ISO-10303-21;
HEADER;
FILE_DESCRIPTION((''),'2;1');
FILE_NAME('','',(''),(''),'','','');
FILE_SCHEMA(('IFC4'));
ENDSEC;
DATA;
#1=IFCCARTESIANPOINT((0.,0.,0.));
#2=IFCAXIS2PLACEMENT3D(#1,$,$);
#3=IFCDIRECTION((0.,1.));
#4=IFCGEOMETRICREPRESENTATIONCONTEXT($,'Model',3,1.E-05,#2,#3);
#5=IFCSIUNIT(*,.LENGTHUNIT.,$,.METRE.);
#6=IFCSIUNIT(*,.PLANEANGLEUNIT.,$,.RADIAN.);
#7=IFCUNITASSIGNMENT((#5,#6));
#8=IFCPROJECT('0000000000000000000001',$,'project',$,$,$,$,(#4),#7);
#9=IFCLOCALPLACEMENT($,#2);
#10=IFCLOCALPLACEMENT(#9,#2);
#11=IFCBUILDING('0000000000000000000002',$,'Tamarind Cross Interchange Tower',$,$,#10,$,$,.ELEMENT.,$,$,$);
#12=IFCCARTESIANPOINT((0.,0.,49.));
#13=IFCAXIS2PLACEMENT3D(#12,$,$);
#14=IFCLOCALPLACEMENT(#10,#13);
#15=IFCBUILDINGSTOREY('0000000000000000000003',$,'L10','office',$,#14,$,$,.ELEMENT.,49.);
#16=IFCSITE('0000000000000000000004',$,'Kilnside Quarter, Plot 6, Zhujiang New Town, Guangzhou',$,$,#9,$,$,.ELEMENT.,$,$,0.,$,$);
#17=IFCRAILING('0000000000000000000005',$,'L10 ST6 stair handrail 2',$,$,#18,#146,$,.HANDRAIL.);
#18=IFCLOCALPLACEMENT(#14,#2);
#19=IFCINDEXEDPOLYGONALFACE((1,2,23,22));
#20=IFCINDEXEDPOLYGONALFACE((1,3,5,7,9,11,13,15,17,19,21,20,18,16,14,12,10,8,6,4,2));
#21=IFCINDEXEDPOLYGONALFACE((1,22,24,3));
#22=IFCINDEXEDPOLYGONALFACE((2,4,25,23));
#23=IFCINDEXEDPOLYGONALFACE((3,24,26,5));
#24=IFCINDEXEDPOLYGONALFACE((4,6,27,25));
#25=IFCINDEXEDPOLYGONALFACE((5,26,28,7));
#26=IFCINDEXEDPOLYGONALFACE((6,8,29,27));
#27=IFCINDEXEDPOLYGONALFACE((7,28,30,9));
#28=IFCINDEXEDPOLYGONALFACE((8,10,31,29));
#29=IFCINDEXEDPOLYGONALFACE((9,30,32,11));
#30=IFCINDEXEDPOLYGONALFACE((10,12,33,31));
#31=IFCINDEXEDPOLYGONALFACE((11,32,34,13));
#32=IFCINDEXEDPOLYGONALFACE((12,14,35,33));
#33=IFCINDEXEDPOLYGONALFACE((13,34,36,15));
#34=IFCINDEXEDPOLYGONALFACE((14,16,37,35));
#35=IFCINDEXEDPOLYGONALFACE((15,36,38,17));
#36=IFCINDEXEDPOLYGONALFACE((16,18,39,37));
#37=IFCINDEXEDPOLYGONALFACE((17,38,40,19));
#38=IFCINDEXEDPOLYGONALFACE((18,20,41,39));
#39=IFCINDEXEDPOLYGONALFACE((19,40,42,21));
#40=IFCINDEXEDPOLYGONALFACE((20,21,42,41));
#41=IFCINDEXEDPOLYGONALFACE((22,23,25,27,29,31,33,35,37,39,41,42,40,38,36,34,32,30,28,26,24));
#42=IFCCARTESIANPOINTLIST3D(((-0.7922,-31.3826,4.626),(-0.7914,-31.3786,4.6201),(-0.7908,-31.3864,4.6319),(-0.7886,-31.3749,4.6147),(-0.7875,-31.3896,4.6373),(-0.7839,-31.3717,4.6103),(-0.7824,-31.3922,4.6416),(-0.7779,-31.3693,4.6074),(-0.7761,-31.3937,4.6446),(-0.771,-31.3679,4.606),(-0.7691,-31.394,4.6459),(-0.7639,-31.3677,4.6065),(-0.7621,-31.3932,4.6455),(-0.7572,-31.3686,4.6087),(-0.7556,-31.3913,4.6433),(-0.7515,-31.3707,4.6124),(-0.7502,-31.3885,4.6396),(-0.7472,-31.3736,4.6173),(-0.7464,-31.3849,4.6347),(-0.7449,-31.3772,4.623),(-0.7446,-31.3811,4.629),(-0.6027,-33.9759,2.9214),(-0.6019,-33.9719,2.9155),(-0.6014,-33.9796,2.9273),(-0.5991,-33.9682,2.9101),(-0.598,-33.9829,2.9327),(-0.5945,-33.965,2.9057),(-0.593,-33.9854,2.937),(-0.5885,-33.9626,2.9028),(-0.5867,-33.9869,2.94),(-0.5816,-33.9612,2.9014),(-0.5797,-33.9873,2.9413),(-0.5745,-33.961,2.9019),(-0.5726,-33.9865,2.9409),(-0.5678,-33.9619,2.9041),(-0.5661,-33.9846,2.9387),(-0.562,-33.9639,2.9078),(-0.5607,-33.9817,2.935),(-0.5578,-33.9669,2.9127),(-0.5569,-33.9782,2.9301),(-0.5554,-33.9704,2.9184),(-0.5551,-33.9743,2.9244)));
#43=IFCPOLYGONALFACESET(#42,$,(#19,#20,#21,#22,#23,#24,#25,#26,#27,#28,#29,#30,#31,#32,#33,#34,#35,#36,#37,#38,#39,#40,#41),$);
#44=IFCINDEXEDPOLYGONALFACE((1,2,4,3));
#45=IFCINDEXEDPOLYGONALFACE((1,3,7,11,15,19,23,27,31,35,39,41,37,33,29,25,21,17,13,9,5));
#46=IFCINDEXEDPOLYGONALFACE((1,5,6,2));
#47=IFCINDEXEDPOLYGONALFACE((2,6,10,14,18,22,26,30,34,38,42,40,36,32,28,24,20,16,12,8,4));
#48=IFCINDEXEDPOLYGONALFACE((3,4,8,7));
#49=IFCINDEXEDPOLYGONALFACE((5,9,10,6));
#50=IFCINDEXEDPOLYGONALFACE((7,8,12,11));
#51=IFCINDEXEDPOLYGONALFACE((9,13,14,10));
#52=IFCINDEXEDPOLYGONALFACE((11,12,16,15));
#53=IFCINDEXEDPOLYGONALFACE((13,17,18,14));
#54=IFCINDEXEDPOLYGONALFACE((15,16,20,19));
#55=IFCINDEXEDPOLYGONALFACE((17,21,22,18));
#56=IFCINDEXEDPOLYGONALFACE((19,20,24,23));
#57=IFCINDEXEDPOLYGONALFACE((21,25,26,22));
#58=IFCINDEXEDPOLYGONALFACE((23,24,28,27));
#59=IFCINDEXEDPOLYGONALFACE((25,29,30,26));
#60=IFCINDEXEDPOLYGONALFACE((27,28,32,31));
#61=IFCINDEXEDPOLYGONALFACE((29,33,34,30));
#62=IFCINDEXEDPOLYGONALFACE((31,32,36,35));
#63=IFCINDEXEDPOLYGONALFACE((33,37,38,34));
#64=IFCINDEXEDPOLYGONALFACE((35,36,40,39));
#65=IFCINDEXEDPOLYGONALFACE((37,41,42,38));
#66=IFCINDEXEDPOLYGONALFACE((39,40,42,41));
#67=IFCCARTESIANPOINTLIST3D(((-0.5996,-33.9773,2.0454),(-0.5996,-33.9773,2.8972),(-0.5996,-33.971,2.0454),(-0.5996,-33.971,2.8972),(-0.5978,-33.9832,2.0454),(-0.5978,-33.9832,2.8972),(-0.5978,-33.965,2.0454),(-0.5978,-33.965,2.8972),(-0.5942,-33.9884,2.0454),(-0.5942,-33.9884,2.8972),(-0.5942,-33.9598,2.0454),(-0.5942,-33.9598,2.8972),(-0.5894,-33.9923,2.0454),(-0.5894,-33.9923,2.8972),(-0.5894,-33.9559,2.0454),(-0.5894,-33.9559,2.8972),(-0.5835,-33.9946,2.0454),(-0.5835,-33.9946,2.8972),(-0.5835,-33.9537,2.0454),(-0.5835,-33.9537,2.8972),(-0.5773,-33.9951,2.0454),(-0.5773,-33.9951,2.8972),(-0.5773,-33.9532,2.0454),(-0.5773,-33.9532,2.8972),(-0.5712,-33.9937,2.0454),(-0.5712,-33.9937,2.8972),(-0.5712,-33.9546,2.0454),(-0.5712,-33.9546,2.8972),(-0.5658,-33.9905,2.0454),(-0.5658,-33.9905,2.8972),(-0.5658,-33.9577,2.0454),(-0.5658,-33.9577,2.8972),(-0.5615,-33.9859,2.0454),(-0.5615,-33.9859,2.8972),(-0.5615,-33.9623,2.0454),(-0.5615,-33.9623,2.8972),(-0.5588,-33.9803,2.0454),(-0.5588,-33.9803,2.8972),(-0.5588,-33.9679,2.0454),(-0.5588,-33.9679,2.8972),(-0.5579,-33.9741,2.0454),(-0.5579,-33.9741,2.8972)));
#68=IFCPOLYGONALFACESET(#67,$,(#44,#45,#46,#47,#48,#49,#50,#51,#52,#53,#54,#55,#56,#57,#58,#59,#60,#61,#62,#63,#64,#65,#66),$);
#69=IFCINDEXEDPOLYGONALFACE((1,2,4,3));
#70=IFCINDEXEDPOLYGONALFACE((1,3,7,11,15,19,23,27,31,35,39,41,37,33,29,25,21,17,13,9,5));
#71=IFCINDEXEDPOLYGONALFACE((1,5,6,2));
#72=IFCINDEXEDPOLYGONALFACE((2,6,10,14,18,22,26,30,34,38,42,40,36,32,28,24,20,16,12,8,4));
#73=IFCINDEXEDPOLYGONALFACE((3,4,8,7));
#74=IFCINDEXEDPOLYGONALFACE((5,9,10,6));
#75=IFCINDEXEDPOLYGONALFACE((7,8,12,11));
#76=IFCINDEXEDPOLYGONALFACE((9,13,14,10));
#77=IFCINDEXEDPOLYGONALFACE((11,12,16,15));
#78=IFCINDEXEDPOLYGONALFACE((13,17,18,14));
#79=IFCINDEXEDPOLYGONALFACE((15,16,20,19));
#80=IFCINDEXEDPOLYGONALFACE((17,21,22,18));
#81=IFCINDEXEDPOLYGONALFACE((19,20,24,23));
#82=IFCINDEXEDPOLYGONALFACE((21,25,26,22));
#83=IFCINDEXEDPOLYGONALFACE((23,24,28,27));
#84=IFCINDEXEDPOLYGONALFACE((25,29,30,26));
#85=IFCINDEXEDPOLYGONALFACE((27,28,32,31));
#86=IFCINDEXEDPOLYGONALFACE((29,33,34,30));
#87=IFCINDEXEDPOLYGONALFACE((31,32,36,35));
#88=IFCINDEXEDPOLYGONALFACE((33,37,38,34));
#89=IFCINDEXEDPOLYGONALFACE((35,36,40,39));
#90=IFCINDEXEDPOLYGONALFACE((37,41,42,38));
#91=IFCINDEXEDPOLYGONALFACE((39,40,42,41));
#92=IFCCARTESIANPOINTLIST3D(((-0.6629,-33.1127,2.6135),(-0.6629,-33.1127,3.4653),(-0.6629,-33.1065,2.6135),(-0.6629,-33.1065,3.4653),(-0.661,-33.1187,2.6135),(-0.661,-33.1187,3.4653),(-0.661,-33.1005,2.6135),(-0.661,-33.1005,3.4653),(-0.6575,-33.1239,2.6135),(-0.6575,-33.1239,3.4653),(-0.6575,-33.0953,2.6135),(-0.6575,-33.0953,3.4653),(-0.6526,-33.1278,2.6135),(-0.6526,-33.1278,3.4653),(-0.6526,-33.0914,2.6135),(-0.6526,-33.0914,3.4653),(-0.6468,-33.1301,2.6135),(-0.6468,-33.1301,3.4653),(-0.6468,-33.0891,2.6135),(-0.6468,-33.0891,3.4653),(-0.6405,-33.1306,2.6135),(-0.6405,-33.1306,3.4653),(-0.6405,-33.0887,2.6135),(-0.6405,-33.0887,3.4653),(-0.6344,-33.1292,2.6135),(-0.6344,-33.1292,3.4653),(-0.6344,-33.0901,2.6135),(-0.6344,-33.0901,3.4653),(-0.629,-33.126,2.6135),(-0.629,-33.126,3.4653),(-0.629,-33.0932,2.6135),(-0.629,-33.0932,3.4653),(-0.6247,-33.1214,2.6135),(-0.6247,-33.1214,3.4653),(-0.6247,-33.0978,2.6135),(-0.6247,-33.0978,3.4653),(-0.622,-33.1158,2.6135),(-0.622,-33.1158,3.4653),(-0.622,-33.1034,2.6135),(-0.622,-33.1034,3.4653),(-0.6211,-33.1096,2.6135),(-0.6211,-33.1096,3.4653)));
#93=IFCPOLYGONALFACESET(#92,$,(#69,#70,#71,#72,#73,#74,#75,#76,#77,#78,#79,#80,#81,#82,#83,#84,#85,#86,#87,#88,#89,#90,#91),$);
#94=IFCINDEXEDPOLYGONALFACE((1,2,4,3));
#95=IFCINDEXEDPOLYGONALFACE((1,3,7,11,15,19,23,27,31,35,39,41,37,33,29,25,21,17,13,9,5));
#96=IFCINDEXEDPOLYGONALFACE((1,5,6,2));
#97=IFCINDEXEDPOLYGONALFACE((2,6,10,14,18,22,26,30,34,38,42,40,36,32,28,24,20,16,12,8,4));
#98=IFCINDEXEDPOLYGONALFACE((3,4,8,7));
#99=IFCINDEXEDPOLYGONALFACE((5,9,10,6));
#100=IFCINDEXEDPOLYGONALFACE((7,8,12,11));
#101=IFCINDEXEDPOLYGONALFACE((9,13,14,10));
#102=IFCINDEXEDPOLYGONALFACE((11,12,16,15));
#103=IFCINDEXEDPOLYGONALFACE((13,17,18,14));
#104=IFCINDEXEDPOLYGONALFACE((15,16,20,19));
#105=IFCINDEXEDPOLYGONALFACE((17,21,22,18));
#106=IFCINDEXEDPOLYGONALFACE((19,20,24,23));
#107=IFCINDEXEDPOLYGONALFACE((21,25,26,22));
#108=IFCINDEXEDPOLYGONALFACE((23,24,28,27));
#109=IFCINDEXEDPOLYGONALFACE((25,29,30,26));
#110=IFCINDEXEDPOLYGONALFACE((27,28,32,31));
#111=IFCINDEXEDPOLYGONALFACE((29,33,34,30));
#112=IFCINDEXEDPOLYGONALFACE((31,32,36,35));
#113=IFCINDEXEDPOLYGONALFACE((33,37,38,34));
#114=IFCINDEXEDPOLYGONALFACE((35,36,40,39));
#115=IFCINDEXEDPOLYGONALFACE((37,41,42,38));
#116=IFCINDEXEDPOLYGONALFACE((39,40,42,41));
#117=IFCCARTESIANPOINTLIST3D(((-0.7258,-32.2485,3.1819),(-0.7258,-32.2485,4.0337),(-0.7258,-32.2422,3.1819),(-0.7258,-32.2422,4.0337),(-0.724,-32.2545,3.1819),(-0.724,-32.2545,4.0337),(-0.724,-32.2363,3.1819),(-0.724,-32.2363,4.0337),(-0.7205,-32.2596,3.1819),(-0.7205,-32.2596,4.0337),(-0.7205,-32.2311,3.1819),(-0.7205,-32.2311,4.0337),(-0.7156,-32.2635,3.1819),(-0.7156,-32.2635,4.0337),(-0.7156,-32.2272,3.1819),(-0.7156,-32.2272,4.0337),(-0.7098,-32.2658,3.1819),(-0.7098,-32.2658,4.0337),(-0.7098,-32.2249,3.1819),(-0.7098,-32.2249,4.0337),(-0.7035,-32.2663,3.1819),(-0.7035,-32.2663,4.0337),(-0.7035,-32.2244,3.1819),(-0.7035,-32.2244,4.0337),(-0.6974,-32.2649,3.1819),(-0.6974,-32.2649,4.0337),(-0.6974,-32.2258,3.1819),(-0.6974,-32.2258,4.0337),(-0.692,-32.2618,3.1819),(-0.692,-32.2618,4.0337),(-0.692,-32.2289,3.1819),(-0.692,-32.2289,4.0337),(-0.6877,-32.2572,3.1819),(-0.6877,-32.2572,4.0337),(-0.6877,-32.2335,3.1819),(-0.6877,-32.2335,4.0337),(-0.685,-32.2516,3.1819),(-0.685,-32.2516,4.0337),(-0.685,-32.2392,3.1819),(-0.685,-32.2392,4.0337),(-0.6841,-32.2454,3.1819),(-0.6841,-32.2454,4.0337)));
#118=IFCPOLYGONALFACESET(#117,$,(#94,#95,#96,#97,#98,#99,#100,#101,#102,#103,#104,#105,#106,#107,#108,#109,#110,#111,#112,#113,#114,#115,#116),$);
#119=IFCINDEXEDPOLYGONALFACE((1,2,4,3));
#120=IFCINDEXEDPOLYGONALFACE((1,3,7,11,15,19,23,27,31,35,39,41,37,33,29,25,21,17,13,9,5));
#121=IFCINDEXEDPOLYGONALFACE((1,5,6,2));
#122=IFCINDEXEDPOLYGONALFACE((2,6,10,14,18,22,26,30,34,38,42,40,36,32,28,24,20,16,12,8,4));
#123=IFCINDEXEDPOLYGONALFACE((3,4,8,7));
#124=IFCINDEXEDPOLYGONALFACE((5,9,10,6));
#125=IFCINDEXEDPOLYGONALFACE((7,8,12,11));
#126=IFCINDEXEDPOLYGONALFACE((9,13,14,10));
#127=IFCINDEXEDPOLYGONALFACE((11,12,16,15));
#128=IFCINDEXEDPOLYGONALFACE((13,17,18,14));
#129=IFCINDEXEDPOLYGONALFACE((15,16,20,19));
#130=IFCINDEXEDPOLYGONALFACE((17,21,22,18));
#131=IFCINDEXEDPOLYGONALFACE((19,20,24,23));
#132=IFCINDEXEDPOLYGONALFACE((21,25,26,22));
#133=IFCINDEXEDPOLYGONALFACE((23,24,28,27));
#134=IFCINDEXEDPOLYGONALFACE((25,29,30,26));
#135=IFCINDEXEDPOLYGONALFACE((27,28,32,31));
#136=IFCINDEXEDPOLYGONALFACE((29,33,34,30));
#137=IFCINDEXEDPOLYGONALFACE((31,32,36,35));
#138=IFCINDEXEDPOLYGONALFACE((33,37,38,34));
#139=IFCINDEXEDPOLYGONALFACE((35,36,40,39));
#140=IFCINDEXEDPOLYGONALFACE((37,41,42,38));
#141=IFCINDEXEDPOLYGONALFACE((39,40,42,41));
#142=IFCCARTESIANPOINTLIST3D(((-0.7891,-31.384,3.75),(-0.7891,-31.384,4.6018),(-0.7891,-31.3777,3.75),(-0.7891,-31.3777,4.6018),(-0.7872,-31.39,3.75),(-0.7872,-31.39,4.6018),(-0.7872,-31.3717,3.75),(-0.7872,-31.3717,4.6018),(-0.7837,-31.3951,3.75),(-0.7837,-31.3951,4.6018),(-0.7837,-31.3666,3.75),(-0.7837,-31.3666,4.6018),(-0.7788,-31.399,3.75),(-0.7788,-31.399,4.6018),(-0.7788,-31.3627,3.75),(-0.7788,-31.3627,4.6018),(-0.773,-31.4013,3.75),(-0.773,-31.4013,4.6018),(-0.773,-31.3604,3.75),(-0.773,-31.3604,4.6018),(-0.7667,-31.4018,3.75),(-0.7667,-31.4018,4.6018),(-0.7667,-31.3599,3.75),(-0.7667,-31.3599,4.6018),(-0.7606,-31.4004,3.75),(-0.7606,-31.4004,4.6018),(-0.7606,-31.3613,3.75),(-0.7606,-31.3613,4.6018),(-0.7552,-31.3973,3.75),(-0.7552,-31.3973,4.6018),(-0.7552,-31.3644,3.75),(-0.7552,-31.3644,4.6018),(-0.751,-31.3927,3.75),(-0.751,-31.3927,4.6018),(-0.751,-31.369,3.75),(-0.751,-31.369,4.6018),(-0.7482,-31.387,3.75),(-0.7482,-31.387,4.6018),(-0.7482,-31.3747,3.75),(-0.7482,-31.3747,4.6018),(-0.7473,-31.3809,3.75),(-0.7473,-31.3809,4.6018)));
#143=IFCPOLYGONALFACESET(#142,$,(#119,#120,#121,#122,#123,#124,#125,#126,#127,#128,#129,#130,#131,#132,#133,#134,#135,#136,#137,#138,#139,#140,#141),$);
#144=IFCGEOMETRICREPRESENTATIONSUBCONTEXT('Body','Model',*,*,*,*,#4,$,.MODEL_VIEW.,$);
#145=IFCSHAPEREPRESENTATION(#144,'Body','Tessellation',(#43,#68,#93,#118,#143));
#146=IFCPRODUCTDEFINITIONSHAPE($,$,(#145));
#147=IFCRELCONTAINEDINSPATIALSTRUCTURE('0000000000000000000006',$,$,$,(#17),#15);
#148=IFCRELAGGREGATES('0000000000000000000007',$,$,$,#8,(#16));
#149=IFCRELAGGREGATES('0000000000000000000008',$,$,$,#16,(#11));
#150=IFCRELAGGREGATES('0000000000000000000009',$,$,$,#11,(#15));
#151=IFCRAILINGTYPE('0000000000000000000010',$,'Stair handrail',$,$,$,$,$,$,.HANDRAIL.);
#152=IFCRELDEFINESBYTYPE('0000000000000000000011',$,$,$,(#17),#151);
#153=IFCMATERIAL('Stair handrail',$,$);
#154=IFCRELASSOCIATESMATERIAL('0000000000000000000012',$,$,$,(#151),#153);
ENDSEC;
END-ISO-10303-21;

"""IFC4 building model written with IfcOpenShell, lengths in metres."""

from ifc_helpers import new_model, si_unit, direction, frame, origin, origin_2d, place, context, subcontext, project, spatial, circle, extrude, material, type_object, element, save


model = new_model("IFC4")

# Units and contexts
model_context = context("Model", 3, precision=1e-05, world=origin(), true_north=direction((0.0, 1.0)))
body_context = subcontext(model_context, "Body", "Model", "MODEL_VIEW")
ifc_project = project(units=[si_unit("LENGTHUNIT", "METRE"), si_unit("PLANEANGLEUNIT", "RADIAN")], contexts=[model_context])

# Site, building, storey
site_placement = place(None, origin())
site = spatial("IfcSite", under=ifc_project, at=site_placement, Name="Kilnside Quarter, Plot 6, Zhujiang New Town, Guangzhou", CompositionType="ELEMENT", RefElevation=0.0)
building_placement = place(site_placement, origin())
building = spatial("IfcBuilding", under=site, at=building_placement, Name="Tamarind Cross Interchange Tower", CompositionType="ELEMENT")
storey_placement = place(building_placement, frame((0.0, 0.0, 49.0)))
storey = spatial("IfcBuildingStorey", under=building, at=storey_placement, Name="L10", Description="office", CompositionType="ELEMENT", Elevation=49.0)

# Railing
ifc_material_1 = material(Name="Stair handrail")
railing_type_1 = type_object("IfcRailingType", Name="Stair handrail", PredefinedType="HANDRAIL", material=ifc_material_1)
railing_1_placement = place(storey_placement, frame((-0.5789, -33.9741, 2.0454)))
element("IfcRailing", 1, at=railing_1_placement, inside=storey, type_object=railing_type_1, Name="L10 ST6 stair handrail 2", PredefinedType="HANDRAIL", context=body_context, shape_type="SweptSolid", body=[
    extrude(circle(Radius=0.0239, at=origin_2d()), frame((0.0, 0.0, 0.876), z_axis=(-0.060935, 0.834087, 0.548258), x_axis=(-0.997342, -0.072862, 0.0)), (0.0, 0.0, 1.0), 3.1091),
    extrude(circle(Radius=0.021, at=origin_2d()), origin(), (0.0, 0.0, 1.0), 0.8518),
    extrude(circle(Radius=0.021, at=origin_2d()), frame((-0.0632, 0.8645, 0.5681)), (0.0, 0.0, 1.0), 0.8518),
    extrude(circle(Radius=0.021, at=origin_2d()), frame((-0.1262, 1.7288, 1.1365)), (0.0, 0.0, 1.0), 0.8518),
    extrude(circle(Radius=0.021, at=origin_2d()), frame((-0.1895, 2.5933, 1.7046)), (0.0, 0.0, 1.0), 0.8518),
])

save(model, "model.ifc")
